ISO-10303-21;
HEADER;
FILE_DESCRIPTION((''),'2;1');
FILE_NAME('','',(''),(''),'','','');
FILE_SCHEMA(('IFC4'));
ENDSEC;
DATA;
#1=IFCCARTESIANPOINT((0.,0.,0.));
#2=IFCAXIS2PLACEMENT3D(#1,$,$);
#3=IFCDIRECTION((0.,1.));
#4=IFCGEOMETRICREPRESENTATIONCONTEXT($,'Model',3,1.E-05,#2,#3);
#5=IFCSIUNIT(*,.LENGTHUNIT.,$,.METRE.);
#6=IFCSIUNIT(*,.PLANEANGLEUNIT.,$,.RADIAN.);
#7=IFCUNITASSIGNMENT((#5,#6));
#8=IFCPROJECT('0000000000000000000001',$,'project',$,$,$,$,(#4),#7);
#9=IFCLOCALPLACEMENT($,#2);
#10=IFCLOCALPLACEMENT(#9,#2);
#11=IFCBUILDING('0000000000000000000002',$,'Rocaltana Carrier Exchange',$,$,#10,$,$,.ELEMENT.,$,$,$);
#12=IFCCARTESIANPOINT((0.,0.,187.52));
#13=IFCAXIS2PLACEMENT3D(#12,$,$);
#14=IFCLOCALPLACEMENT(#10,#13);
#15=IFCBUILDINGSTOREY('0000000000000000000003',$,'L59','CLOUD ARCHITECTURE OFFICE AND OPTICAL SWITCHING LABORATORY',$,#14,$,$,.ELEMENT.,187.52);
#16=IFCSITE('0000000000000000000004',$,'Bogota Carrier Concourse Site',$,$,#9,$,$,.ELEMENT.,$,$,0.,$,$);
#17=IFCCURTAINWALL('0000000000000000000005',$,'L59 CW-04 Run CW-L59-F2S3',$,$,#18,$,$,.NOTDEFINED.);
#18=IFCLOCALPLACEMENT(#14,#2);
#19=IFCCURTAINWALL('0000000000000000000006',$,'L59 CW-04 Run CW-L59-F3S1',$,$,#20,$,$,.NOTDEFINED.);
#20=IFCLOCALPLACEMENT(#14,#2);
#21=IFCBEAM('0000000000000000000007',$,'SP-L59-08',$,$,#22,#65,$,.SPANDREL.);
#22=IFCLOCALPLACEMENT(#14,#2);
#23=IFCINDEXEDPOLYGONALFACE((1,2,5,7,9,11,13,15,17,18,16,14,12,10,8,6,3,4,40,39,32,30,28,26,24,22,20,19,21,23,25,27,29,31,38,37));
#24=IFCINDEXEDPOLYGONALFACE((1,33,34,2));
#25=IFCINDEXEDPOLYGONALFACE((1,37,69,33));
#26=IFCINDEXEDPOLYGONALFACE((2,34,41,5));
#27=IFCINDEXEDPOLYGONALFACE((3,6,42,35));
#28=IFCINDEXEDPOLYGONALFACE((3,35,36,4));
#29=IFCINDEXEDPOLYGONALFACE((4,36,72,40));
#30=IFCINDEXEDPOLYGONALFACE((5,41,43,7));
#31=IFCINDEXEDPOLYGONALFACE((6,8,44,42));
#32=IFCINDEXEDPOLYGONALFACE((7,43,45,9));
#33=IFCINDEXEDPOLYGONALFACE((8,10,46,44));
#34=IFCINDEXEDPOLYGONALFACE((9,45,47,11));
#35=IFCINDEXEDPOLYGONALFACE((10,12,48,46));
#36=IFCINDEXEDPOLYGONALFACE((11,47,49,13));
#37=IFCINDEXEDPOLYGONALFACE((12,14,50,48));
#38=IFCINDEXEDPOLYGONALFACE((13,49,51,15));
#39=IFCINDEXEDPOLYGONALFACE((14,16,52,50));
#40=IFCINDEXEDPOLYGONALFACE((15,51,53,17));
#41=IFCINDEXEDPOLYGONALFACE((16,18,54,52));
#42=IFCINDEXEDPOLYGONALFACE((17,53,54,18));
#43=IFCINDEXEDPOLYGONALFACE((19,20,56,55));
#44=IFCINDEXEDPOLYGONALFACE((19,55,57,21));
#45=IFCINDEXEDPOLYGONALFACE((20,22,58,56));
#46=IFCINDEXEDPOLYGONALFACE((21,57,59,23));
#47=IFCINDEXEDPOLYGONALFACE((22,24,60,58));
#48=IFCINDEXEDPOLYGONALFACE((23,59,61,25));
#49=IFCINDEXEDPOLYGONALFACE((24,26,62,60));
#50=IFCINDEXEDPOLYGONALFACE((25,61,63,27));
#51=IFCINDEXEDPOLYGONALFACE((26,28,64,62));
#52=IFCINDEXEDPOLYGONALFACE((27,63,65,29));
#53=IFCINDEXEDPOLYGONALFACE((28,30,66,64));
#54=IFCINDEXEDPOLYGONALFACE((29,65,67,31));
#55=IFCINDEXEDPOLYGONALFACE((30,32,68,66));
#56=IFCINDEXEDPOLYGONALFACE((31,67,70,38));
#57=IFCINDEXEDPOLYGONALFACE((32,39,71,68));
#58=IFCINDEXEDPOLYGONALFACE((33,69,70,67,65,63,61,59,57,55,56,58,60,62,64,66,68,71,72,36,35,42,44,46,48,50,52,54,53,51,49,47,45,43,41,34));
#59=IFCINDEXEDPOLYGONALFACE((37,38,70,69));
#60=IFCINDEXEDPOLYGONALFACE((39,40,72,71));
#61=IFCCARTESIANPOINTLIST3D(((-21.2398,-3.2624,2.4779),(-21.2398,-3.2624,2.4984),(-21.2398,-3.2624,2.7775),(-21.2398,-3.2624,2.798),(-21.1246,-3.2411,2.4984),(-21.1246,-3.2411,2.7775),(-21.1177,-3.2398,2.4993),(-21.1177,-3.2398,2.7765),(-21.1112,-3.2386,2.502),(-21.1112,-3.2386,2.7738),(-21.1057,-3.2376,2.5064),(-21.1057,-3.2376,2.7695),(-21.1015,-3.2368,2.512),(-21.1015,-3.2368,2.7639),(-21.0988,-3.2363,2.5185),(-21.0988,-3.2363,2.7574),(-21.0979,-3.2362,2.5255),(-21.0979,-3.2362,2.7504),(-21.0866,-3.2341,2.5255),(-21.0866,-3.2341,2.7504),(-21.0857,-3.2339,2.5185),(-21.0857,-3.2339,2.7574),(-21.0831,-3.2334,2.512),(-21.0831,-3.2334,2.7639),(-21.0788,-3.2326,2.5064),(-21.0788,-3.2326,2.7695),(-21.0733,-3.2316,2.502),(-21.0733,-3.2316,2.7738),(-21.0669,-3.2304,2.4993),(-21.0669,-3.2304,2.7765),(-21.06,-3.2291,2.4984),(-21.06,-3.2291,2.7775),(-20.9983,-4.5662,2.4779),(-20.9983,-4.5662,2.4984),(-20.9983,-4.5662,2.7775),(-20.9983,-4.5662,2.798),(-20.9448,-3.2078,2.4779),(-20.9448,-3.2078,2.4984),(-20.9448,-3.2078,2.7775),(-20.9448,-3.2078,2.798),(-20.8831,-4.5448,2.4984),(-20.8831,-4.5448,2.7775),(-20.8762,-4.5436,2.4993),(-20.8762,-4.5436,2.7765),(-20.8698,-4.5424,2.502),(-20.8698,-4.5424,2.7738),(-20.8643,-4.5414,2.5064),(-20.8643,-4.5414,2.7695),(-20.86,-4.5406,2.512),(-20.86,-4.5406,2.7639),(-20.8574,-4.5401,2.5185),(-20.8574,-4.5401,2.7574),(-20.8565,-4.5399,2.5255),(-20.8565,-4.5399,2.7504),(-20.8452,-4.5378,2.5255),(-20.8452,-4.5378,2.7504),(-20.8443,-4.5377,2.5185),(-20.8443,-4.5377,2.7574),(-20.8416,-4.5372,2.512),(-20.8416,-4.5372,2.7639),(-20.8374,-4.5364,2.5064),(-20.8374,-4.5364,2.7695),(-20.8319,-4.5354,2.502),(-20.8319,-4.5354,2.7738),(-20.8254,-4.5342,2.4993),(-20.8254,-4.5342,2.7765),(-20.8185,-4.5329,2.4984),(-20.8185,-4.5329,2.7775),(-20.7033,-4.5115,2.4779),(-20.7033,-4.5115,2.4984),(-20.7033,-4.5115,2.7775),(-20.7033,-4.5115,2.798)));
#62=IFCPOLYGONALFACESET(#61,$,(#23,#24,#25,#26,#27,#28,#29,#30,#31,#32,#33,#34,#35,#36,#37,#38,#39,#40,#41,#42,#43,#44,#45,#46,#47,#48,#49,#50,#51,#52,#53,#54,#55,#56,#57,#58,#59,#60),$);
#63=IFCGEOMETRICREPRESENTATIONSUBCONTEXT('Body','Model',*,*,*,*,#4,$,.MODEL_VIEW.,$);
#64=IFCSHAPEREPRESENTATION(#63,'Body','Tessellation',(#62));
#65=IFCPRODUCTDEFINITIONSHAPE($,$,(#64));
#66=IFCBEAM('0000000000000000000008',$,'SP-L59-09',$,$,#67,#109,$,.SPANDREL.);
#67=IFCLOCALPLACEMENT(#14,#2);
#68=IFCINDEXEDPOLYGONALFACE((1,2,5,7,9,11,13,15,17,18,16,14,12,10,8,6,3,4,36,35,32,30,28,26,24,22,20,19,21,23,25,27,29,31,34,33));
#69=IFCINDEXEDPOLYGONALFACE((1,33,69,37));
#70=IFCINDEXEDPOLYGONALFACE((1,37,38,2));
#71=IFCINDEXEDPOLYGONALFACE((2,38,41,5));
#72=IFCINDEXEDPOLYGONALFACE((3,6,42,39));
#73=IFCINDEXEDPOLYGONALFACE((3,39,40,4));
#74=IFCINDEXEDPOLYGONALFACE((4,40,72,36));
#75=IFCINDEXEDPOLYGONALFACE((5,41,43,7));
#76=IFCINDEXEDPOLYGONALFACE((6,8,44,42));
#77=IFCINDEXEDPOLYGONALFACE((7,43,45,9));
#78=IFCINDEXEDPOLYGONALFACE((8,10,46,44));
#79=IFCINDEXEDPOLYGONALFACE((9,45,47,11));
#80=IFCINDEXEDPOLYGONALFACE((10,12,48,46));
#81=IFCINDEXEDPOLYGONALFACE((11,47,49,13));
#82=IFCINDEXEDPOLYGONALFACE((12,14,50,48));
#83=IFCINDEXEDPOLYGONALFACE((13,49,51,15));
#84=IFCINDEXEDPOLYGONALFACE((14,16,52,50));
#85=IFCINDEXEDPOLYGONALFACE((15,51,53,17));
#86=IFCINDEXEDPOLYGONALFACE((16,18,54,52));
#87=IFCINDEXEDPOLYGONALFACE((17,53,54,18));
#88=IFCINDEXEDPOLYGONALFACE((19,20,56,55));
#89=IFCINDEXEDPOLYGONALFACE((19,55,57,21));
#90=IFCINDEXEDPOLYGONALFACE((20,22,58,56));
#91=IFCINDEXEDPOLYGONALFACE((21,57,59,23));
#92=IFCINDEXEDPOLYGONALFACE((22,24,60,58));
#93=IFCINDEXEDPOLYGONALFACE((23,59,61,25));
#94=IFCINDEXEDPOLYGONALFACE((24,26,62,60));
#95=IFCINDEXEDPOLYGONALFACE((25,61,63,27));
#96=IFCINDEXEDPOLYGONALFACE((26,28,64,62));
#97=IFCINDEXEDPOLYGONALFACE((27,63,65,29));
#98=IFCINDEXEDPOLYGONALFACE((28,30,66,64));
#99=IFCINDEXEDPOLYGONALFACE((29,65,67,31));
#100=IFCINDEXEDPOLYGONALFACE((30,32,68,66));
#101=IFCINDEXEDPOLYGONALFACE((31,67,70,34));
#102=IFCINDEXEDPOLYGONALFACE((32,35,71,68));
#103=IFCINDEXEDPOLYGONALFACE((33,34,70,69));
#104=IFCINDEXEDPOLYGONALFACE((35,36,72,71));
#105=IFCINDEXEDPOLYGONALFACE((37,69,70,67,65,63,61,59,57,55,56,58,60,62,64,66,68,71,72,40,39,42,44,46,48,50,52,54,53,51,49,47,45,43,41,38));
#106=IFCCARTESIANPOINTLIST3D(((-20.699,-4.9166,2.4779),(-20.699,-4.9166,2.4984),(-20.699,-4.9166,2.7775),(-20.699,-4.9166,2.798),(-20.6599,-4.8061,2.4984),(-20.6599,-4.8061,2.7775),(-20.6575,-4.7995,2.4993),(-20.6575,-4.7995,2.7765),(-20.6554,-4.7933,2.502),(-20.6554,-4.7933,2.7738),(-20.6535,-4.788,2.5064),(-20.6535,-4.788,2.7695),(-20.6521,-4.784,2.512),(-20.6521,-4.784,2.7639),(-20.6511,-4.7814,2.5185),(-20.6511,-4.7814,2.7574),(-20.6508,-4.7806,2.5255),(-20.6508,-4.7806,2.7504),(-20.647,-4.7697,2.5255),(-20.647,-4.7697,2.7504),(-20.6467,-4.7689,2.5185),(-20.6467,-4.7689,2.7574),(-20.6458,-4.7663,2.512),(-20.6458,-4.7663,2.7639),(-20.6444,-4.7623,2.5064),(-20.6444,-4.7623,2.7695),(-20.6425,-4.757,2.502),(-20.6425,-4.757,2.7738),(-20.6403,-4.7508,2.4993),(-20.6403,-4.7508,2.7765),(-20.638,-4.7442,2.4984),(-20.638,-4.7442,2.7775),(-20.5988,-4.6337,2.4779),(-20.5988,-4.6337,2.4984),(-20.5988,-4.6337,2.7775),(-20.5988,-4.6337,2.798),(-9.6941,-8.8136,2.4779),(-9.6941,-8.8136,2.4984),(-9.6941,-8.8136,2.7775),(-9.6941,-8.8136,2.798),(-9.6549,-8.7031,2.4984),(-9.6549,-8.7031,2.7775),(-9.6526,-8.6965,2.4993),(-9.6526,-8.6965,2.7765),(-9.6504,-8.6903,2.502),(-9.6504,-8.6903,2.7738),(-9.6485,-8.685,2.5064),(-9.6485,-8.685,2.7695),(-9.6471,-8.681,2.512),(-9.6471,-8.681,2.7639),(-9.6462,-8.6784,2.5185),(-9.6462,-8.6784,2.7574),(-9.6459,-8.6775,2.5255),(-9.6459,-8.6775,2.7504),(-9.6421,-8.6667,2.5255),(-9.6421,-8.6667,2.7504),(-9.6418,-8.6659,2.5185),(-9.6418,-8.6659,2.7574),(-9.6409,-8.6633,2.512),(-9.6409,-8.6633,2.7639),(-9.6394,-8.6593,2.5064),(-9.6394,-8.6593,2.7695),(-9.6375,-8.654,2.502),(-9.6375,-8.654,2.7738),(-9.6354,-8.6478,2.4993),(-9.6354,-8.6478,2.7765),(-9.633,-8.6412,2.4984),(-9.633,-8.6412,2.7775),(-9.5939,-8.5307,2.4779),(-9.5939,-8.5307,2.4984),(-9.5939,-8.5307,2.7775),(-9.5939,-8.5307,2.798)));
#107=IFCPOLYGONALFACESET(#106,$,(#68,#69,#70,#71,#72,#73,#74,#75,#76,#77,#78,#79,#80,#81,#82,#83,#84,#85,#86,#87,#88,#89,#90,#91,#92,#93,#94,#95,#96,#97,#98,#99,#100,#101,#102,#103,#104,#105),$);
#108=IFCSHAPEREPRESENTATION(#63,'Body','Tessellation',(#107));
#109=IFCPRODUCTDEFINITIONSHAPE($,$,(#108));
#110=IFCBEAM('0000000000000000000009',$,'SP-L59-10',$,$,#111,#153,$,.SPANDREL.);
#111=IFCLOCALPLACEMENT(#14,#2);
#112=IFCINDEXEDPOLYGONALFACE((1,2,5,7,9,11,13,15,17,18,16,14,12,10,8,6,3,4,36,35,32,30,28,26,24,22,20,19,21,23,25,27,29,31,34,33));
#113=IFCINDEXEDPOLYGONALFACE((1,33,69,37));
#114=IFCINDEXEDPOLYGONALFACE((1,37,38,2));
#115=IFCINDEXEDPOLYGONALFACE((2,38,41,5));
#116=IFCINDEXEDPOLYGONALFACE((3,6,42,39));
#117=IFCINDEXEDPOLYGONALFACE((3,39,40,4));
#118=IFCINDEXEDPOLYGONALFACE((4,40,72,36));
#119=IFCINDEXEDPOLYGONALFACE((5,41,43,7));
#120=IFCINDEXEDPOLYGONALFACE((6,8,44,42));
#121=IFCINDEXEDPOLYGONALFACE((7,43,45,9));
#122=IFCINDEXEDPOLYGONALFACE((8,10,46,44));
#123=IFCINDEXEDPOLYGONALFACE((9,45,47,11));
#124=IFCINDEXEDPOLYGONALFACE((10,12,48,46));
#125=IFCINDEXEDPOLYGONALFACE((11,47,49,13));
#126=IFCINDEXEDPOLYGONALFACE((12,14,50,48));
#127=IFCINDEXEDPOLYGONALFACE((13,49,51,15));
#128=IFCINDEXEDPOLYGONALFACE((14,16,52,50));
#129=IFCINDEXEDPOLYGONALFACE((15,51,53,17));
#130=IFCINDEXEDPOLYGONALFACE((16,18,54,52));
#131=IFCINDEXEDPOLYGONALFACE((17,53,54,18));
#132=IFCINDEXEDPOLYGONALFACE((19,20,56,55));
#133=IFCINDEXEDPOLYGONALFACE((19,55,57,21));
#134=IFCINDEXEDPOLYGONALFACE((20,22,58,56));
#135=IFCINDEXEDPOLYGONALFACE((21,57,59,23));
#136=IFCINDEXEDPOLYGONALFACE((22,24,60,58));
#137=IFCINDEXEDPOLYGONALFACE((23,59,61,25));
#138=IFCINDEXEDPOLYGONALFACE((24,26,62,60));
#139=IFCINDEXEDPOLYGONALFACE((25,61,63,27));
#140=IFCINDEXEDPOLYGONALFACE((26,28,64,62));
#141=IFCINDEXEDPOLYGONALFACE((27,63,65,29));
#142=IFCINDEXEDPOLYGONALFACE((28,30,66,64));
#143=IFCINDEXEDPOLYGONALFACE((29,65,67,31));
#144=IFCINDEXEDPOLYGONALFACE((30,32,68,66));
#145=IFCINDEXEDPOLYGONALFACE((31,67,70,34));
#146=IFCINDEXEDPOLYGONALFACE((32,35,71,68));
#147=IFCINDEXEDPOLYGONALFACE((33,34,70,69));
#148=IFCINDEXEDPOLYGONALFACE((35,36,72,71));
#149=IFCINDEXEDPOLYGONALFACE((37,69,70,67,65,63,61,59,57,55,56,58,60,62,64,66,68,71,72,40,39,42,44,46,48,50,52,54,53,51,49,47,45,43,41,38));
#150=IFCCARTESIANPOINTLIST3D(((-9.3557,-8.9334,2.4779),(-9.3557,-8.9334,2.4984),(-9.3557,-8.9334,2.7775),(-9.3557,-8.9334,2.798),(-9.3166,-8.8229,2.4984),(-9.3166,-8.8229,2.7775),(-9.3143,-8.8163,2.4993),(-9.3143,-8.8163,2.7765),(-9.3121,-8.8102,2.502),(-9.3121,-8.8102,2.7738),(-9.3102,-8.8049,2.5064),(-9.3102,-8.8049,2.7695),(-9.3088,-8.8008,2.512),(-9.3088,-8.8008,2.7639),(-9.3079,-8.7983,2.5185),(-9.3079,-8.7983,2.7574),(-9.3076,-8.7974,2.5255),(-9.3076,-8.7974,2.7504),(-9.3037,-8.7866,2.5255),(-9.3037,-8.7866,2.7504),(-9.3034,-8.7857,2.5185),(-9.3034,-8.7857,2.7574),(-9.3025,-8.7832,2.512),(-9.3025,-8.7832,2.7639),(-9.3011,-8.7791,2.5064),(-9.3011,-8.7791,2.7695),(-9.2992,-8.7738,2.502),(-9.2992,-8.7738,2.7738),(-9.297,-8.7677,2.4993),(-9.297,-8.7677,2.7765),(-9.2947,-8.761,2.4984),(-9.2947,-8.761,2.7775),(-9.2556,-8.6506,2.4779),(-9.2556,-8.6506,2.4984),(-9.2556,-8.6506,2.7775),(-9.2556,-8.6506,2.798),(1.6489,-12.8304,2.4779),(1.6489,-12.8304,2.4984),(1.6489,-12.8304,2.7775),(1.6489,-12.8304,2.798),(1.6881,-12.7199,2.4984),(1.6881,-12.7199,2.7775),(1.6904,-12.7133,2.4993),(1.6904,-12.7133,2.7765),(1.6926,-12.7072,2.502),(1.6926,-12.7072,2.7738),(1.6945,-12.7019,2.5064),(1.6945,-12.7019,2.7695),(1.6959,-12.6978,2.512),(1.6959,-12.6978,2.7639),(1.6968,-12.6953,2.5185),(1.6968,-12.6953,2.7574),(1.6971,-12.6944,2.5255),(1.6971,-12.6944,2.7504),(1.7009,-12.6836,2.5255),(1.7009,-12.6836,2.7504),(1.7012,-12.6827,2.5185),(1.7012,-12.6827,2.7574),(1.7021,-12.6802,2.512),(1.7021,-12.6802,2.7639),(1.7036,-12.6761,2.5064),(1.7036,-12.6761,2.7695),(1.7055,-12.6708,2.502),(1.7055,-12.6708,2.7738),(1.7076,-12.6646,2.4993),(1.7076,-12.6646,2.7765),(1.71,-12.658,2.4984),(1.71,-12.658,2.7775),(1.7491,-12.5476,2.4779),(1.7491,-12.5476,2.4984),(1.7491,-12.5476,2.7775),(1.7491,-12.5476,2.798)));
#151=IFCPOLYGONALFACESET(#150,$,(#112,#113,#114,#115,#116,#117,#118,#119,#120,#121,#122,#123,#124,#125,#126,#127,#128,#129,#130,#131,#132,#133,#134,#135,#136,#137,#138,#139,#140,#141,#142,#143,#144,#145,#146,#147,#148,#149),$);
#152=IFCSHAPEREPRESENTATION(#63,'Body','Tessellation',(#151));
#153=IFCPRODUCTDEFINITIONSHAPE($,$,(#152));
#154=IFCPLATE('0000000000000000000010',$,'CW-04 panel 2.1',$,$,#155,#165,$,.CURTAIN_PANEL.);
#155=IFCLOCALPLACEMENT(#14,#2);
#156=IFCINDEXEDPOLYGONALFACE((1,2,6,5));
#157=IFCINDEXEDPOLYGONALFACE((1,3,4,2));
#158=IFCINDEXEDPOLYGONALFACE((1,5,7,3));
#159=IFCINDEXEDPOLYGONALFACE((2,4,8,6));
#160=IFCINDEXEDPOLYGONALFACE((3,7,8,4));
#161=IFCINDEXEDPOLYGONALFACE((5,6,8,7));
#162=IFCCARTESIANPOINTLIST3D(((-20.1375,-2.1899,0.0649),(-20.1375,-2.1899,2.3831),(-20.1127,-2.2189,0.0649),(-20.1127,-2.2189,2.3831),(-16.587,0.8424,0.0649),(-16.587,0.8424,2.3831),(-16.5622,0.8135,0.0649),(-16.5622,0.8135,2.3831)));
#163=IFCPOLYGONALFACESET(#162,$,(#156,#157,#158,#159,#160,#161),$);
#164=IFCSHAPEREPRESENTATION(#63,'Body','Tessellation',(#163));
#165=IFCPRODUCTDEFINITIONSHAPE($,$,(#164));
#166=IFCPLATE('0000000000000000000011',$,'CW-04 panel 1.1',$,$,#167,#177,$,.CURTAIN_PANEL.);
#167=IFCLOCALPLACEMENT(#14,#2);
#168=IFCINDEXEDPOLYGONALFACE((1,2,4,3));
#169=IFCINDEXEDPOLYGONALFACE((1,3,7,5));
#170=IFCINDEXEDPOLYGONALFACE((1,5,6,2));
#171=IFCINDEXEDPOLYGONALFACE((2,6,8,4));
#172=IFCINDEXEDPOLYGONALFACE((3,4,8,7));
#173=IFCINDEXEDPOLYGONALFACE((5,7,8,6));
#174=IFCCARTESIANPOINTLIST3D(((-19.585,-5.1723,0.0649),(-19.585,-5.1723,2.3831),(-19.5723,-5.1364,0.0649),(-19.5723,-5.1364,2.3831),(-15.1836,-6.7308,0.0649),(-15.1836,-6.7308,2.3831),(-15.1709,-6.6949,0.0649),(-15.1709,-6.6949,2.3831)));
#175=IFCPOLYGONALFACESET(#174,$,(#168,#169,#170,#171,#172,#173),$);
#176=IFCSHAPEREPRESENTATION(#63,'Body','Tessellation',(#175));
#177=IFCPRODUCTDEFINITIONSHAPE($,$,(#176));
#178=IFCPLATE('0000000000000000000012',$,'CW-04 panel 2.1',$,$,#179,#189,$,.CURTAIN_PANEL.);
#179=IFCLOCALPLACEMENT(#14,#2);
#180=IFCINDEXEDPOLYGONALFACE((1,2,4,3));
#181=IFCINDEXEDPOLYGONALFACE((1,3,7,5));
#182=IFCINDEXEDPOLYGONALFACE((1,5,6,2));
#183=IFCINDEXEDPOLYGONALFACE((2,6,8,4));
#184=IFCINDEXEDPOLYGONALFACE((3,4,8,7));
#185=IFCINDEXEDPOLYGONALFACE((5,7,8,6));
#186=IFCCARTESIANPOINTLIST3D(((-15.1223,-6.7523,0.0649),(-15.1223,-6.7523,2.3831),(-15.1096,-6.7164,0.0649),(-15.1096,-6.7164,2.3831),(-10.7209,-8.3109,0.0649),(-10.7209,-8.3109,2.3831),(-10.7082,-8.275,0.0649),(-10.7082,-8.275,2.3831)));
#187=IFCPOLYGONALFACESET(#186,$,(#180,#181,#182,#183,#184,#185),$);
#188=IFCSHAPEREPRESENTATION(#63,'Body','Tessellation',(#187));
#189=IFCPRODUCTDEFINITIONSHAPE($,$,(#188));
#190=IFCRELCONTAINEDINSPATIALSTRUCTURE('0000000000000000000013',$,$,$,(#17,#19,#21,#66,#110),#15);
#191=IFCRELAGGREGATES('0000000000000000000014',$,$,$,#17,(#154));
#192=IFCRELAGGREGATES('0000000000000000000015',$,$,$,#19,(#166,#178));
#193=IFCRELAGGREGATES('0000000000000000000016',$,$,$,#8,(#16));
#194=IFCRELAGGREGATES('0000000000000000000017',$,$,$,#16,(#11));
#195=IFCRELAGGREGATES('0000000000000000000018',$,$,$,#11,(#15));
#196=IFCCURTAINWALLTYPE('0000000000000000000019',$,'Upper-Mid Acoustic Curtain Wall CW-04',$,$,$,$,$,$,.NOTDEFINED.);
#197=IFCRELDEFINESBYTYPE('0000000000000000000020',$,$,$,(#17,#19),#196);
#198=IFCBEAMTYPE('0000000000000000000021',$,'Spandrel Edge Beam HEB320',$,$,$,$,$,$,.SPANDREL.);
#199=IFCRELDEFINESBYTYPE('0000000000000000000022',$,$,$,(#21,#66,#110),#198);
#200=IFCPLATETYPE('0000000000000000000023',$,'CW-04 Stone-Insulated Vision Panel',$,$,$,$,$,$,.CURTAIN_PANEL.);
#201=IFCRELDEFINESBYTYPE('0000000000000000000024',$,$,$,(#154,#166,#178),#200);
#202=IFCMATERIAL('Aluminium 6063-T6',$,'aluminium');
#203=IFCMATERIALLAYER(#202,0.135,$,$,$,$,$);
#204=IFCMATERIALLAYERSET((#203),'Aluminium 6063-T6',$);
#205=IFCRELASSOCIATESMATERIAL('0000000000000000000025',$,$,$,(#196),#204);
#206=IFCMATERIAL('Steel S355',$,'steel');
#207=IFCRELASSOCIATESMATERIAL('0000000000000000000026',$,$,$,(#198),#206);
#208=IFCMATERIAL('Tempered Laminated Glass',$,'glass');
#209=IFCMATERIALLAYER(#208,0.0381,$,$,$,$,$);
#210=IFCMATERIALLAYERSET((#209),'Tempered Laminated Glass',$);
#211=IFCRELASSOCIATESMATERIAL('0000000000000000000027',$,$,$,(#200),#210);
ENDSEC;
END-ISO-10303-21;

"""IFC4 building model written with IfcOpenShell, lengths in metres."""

from ifc_helpers import new_model, si_unit, direction, frame, origin, origin_2d, place, context, subcontext, project, spatial, rectangle, i_section, extrude, material, layer, layer_set, material_profile, profile_set, type_object, element, aggregate, save


model = new_model("IFC4")

# Units and contexts
model_context = context("Model", 3, precision=1e-05, world=origin(), true_north=direction((0.0, 1.0)))
body_context = subcontext(model_context, "Body", "Model", "MODEL_VIEW")
ifc_project = project(units=[si_unit("LENGTHUNIT", "METRE"), si_unit("PLANEANGLEUNIT", "RADIAN")], contexts=[model_context])

# Site, building, storey
site_placement = place(None, origin())
site = spatial("IfcSite", under=ifc_project, at=site_placement, Name="Bogota Carrier Concourse Site", CompositionType="ELEMENT", RefElevation=0.0)
building_placement = place(site_placement, origin())
building = spatial("IfcBuilding", under=site, at=building_placement, Name="Rocaltana Carrier Exchange", CompositionType="ELEMENT")
storey_placement = place(building_placement, frame((0.0, 0.0, 187.52)))
storey = spatial("IfcBuildingStorey", under=building, at=storey_placement, Name="L59", Description="CLOUD ARCHITECTURE OFFICE AND OPTICAL SWITCHING LABORATORY", CompositionType="ELEMENT", Elevation=187.52)

# Curtain wall
ifc_material_1 = material(Name="Aluminium 6063-T6", Category="aluminium")
ifc_layer_1 = layer(ifc_material_1, 0.135)
ifc_layer_set_1 = layer_set([ifc_layer_1], Name="Aluminium 6063-T6")
curtain_wall_type = type_object("IfcCurtainWallType", Name="Upper-Mid Acoustic Curtain Wall CW-04", PredefinedType="NOTDEFINED", material=ifc_layer_set_1)
curtain_wall_1_placement = place(storey_placement, origin())
curtain_wall_1 = element("IfcCurtainWall", 1, at=curtain_wall_1_placement, inside=storey, type_object=curtain_wall_type, Name="L59 CW-04 Run CW-L59-F2S3", PredefinedType="NOTDEFINED")

# Curtain wall
curtain_wall_2_placement = place(storey_placement, origin())
curtain_wall_2 = element("IfcCurtainWall", 2, at=curtain_wall_2_placement, inside=storey, type_object=curtain_wall_type, Name="L59 CW-04 Run CW-L59-F3S1", PredefinedType="NOTDEFINED")

# Beams
ifc_material_2 = material(Name="Steel S355", Category="steel")
ifc_material_profile_1 = material_profile(ifc_material_2, i_section(OverallWidth=0.3, OverallDepth=0.3201, WebThickness=0.0115, FlangeThickness=0.0205, FilletRadius=0.0271, at=origin_2d()), Name="HEB320")
ifc_profile_set_1 = profile_set([ifc_material_profile_1], Name="Steel S355")
beam_type_1 = type_object("IfcBeamType", Name="Spandrel Edge Beam HEB320", PredefinedType="SPANDREL", material=ifc_profile_set_1)
beam_1_placement = place(storey_placement, frame((-21.0923, -3.2351, 2.6379), z_axis=(0.182109, -0.983278, 0.0), x_axis=(0.983278, 0.182109, 0.0)))
element("IfcBeam", 3, at=beam_1_placement, inside=storey, type_object=beam_type_1, Name="SP-L59-08", PredefinedType="SPANDREL", context=body_context, shape_type="SweptSolid", body=[
    extrude(i_section(OverallWidth=0.3, OverallDepth=0.3201, WebThickness=0.0115, FlangeThickness=0.0205, FilletRadius=0.0271, at=origin_2d()), origin(), (0.0, 0.0, 1.0), 1.3259),
])
beam_2_placement = place(storey_placement, frame((-20.6489, -4.7751, 2.6379), z_axis=(0.942643, -0.333802, 0.0), x_axis=(0.333802, 0.942643, 0.0)))
element("IfcBeam", 4, at=beam_2_placement, inside=storey, type_object=beam_type_1, Name="SP-L59-09", PredefinedType="SPANDREL", context=body_context, shape_type="SweptSolid", body=[
    extrude(i_section(OverallWidth=0.3, OverallDepth=0.3201, WebThickness=0.0115, FlangeThickness=0.0205, FilletRadius=0.0271, at=origin_2d()), origin(), (0.0, 0.0, 1.0), 11.6746),
])
beam_3_placement = place(storey_placement, frame((-9.3057, -8.792, 2.6379), z_axis=(0.942641, -0.333809, 0.0), x_axis=(0.333809, 0.942641, 0.0)))
element("IfcBeam", 5, at=beam_3_placement, inside=storey, type_object=beam_type_1, Name="SP-L59-10", PredefinedType="SPANDREL", context=body_context, shape_type="SweptSolid", body=[
    extrude(i_section(OverallWidth=0.3, OverallDepth=0.3201, WebThickness=0.0115, FlangeThickness=0.0205, FilletRadius=0.0271, at=origin_2d()), origin(), (0.0, 0.0, 1.0), 11.6743),
])

# Plates
ifc_material_3 = material(Name="Tempered Laminated Glass", Category="glass")
ifc_layer_2 = layer(ifc_material_3, 0.0381)
ifc_layer_set_2 = layer_set([ifc_layer_2], Name="Tempered Laminated Glass")
plate_type = type_object("IfcPlateType", Name="CW-04 Stone-Insulated Vision Panel", PredefinedType="CURTAIN_PANEL", material=ifc_layer_set_2)
plate_1_placement = place(storey_placement, frame((-18.3499, -0.6882, 0.0649), z_axis=(0.0, 0.0, 1.0), x_axis=(-0.760406, -0.649448, 0.0)))
plate_1 = element("IfcPlate", 6, at=plate_1_placement, type_object=plate_type, Name="CW-04 panel 2.1", PredefinedType="CURTAIN_PANEL", context=body_context, shape_type="SweptSolid", body=[
    extrude(rectangle(XDim=4.6692, YDim=0.0381, at=origin_2d()), origin(), (0.0, 0.0, 1.0), 2.3181),
])
aggregate(curtain_wall_1, [plate_1])
plate_2_placement = place(storey_placement, frame((-17.3779, -5.9336, 0.0649), z_axis=(0.0, 0.0, 1.0), x_axis=(0.942646, -0.333795, 0.0)))
plate_2 = element("IfcPlate", 7, at=plate_2_placement, type_object=plate_type, Name="CW-04 panel 1.1", PredefinedType="CURTAIN_PANEL", context=body_context, shape_type="SweptSolid", body=[
    extrude(rectangle(XDim=4.6692, YDim=0.0381, at=origin_2d()), origin(), (0.0, 0.0, 1.0), 2.3181),
])
plate_3_placement = place(storey_placement, frame((-12.9153, -7.5137, 0.0649), z_axis=(0.0, 0.0, 1.0), x_axis=(0.942646, -0.333795, 0.0)))
plate_3 = element("IfcPlate", 8, at=plate_3_placement, type_object=plate_type, Name="CW-04 panel 2.1", PredefinedType="CURTAIN_PANEL", context=body_context, shape_type="SweptSolid", body=[
    extrude(rectangle(XDim=4.6692, YDim=0.0381, at=origin_2d()), origin(), (0.0, 0.0, 1.0), 2.3181),
])
aggregate(curtain_wall_2, [plate_2, plate_3])

save(model, "model.ifc")
